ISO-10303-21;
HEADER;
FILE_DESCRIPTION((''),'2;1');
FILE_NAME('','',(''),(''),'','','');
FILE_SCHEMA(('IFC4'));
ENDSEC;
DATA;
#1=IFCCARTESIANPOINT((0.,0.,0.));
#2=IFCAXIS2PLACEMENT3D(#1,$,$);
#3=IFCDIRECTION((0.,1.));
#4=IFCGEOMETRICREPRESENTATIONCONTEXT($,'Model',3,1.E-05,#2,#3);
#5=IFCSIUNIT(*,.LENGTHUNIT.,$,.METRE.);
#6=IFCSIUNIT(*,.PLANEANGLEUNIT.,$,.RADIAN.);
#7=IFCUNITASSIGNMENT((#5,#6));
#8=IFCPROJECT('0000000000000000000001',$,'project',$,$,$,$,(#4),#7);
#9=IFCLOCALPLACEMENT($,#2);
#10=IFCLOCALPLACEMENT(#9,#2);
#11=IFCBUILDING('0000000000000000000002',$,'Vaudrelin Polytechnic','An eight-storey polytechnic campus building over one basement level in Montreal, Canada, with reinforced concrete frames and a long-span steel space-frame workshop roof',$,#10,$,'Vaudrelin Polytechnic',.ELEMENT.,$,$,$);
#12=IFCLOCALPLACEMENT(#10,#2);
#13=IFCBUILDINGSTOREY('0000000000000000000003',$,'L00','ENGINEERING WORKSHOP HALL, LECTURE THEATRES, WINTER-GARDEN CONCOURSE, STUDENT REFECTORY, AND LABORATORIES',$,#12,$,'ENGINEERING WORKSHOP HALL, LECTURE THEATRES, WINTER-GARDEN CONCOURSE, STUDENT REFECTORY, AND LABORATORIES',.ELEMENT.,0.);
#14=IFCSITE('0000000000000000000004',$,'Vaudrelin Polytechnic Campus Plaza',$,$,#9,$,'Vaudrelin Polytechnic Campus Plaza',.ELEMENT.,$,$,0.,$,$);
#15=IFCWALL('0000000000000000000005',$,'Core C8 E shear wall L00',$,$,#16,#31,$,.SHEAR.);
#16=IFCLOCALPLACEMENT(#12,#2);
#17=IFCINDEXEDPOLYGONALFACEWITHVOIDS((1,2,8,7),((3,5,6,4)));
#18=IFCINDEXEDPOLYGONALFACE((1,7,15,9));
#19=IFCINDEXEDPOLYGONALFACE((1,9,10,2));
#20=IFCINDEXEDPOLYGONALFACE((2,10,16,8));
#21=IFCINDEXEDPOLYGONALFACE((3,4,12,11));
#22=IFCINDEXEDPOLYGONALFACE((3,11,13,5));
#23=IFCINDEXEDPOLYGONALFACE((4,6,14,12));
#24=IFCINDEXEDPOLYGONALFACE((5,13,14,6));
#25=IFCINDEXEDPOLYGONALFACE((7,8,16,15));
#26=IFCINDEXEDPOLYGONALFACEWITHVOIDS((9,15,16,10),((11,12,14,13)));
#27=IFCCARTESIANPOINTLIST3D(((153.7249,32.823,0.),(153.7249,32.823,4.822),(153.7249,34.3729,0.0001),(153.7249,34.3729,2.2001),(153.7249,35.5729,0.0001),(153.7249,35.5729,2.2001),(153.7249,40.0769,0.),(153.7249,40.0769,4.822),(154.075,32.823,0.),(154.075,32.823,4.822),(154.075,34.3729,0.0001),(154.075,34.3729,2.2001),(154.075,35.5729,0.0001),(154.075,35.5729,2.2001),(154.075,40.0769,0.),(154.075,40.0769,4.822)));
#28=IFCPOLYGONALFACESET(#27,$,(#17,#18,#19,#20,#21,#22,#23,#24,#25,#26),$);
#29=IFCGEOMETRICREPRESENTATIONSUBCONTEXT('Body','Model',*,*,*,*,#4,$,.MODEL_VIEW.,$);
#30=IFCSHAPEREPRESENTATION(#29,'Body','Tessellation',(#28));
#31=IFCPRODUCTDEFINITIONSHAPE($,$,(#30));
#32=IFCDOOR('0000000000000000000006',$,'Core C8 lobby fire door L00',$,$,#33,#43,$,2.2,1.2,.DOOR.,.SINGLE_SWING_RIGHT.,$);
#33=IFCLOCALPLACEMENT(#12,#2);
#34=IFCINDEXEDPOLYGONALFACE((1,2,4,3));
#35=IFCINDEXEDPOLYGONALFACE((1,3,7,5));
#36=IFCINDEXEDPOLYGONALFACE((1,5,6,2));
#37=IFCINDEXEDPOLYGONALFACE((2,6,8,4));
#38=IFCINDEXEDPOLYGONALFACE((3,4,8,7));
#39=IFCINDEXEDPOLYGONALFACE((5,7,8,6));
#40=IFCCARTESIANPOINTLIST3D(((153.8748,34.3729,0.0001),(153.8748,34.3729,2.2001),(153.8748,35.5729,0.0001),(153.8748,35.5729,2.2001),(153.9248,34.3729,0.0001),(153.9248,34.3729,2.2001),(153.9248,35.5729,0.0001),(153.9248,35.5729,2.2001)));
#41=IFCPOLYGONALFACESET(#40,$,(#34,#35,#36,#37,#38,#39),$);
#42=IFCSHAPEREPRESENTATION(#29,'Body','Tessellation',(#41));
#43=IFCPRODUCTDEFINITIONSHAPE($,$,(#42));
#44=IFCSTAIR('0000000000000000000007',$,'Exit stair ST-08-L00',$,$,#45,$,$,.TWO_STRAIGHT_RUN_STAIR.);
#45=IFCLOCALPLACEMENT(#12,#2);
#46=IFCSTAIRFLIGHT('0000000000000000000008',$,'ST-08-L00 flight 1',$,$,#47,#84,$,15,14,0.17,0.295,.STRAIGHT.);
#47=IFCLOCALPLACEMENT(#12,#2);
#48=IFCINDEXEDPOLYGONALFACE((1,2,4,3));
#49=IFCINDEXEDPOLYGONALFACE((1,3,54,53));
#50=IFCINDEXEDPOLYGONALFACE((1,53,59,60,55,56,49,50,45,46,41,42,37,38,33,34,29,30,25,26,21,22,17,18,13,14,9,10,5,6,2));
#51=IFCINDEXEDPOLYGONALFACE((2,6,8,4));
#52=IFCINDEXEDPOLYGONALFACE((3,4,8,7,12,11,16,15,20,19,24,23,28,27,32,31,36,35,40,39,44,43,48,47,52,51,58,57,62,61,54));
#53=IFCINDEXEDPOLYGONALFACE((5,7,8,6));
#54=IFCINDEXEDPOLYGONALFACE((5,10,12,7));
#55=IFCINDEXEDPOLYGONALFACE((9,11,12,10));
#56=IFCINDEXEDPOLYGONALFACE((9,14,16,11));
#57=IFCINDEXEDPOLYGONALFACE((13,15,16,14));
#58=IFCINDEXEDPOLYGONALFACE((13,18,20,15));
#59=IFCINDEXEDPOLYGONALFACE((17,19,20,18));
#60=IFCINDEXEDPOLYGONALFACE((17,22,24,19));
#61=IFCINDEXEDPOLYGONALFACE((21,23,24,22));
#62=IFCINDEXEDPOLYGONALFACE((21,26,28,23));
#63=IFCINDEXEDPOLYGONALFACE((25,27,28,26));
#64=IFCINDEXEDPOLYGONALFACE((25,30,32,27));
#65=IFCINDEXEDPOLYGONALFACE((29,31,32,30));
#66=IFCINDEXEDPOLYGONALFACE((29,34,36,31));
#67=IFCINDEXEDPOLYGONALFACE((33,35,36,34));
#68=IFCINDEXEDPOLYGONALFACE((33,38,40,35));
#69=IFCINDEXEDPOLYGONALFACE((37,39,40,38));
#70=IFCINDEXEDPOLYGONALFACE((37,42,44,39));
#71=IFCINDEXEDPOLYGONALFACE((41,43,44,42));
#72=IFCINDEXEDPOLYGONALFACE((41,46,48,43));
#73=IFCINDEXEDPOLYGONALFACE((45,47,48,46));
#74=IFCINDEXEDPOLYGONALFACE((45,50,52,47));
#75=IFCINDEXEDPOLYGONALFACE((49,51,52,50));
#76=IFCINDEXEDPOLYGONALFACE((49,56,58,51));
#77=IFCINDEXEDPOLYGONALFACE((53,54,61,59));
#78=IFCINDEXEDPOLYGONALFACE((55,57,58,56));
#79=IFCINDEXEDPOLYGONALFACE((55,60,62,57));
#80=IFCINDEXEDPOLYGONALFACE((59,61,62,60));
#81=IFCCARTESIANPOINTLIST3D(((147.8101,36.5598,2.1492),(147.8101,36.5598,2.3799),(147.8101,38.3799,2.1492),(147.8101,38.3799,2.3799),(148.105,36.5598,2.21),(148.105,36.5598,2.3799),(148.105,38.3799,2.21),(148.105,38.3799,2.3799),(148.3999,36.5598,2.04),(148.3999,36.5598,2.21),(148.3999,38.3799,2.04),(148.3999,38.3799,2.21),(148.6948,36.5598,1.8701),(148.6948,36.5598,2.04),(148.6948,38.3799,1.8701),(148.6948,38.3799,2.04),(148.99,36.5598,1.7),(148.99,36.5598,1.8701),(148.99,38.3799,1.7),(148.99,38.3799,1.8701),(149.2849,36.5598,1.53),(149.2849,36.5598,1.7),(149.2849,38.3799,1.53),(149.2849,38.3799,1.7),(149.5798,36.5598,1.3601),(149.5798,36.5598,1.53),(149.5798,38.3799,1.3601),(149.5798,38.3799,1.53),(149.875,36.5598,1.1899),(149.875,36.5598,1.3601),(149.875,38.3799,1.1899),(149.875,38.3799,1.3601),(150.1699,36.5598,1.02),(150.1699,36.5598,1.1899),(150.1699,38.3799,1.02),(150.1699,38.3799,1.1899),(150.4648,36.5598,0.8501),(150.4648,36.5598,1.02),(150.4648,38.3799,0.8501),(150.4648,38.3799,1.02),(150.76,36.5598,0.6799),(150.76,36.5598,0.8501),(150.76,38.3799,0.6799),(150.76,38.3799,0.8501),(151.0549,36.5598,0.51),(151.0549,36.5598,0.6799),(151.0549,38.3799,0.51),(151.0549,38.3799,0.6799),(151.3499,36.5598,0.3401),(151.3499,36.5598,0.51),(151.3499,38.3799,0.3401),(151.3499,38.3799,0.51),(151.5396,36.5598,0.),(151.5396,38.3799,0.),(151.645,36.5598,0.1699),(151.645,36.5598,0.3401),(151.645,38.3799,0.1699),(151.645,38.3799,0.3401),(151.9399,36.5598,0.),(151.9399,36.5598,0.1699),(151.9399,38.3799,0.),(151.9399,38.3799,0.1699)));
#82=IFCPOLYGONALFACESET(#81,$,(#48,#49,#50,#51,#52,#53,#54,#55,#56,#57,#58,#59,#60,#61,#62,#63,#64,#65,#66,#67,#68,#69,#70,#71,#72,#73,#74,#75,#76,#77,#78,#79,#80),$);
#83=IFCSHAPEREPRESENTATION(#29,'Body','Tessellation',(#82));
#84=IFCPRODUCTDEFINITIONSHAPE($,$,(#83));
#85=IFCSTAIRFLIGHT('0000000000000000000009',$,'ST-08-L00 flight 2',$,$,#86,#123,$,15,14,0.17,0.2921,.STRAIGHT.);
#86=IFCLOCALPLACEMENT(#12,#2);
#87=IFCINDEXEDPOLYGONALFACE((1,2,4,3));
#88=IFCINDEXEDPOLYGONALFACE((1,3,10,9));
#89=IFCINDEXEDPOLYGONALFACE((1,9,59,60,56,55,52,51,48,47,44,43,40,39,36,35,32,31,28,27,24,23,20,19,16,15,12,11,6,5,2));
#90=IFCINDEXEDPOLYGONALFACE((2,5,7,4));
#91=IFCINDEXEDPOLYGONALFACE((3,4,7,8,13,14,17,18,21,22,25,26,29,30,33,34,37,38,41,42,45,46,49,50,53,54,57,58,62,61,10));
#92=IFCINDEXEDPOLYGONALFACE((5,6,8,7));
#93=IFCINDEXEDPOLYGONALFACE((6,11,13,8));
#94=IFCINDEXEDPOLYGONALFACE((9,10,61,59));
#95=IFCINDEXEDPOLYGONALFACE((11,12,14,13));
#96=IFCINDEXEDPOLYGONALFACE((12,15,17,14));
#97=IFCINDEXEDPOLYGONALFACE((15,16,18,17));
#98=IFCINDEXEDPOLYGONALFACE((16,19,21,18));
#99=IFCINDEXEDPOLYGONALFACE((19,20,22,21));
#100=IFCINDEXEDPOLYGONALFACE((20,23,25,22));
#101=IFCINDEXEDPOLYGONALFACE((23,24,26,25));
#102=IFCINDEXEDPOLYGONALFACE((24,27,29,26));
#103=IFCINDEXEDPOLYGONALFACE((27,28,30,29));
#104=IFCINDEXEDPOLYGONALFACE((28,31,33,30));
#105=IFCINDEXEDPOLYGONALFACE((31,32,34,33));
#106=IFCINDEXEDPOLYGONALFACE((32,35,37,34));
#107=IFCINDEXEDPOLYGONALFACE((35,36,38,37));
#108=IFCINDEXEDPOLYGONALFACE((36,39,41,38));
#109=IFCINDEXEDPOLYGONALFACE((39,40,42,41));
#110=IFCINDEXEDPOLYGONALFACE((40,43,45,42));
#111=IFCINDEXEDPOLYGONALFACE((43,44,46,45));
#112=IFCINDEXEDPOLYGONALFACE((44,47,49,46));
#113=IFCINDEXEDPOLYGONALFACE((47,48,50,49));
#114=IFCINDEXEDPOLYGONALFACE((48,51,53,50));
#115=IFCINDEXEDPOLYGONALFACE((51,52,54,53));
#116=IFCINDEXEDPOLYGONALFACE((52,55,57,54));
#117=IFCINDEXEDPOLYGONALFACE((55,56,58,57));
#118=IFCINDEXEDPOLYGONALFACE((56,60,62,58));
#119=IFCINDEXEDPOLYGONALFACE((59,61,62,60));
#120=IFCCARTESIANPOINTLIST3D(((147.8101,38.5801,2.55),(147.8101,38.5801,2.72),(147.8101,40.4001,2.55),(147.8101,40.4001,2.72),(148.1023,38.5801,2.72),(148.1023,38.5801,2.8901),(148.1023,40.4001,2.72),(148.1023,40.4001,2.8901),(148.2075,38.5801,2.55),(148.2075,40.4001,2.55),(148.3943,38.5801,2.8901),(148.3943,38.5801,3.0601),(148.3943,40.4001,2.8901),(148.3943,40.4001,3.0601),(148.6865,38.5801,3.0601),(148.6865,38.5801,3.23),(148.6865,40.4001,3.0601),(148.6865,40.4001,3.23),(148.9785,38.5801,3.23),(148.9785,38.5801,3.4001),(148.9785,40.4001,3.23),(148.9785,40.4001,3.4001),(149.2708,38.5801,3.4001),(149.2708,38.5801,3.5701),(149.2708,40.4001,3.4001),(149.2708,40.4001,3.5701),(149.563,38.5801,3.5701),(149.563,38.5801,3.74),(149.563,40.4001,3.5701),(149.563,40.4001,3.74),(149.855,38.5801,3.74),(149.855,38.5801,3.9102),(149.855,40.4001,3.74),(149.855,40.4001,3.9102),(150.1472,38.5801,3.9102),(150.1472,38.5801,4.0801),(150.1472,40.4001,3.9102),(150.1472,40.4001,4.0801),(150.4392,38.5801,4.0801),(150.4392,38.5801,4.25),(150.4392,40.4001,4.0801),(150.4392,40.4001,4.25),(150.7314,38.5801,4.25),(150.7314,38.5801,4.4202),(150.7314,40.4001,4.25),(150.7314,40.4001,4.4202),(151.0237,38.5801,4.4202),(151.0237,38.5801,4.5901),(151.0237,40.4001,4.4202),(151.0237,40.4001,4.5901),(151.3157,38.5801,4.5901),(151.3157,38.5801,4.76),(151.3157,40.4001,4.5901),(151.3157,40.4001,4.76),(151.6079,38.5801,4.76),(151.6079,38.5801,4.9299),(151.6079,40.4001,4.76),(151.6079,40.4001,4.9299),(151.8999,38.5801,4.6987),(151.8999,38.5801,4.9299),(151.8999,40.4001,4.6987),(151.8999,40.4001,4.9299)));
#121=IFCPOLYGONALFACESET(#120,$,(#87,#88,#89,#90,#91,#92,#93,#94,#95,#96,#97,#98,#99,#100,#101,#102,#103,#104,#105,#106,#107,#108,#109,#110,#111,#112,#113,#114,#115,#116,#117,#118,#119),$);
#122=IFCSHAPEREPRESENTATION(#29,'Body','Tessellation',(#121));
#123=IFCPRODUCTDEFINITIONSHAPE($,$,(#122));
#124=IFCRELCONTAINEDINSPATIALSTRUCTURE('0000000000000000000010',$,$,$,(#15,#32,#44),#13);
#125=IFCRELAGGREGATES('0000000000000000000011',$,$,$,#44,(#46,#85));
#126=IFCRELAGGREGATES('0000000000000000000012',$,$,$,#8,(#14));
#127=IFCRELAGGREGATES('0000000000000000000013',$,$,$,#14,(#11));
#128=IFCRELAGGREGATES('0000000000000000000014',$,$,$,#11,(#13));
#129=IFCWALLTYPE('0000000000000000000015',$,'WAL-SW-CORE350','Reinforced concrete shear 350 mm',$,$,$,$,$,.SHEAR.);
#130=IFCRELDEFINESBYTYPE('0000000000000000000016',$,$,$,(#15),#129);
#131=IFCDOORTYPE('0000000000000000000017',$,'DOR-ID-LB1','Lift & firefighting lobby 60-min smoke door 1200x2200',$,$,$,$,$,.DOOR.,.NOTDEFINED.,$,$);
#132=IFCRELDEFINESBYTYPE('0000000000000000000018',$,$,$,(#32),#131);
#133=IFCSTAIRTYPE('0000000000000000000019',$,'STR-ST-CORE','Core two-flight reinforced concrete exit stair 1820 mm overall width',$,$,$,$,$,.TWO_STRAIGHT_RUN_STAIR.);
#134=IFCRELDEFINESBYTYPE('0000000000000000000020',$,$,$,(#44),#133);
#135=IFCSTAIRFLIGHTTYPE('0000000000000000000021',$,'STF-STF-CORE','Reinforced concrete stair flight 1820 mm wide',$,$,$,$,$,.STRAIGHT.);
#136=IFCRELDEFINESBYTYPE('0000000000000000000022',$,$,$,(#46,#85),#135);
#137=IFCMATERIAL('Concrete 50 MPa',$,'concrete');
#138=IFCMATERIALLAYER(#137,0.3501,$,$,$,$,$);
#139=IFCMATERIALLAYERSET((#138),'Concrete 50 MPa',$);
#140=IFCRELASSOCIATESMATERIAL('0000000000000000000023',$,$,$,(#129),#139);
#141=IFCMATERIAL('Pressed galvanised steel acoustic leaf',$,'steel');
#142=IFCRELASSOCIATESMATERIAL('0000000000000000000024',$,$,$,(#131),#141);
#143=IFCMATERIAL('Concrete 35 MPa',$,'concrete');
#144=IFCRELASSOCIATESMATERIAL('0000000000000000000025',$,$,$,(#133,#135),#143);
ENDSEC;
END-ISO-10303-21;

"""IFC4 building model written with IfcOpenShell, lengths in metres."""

from ifc_helpers import new_model, si_unit, direction, frame, frame_2d, origin, place, context, subcontext, project, spatial, polyline, rectangle, outline, extrude, material, layer, layer_set, type_object, element, fill, aggregate, save


model = new_model("IFC4")

# Units and contexts
model_context = context("Model", 3, precision=1e-05, world=origin(), true_north=direction((0.0, 1.0)))
body_context = subcontext(model_context, "Body", "Model", "MODEL_VIEW")
ifc_project = project(units=[si_unit("LENGTHUNIT", "METRE"), si_unit("PLANEANGLEUNIT", "RADIAN")], contexts=[model_context])

# Site, building, storey
site_placement = place(None, origin())
site = spatial("IfcSite", under=ifc_project, at=site_placement, Name="Vaudrelin Polytechnic Campus Plaza", LongName="Vaudrelin Polytechnic Campus Plaza", CompositionType="ELEMENT", RefElevation=0.0)
building_placement = place(site_placement, origin())
building = spatial("IfcBuilding", under=site, at=building_placement, Name="Vaudrelin Polytechnic", Description="An eight-storey polytechnic campus building over one basement level in Montreal, Canada, with reinforced concrete frames and a long-span steel space-frame workshop roof", LongName="Vaudrelin Polytechnic", CompositionType="ELEMENT")
storey_placement = place(building_placement, origin())
storey = spatial("IfcBuildingStorey", under=building, at=storey_placement, Name="L00", Description="ENGINEERING WORKSHOP HALL, LECTURE THEATRES, WINTER-GARDEN CONCOURSE, STUDENT REFECTORY, AND LABORATORIES", LongName="ENGINEERING WORKSHOP HALL, LECTURE THEATRES, WINTER-GARDEN CONCOURSE, STUDENT REFECTORY, AND LABORATORIES", CompositionType="ELEMENT", Elevation=0.0)

# Shared definitions
ifc_material_1 = material(Name="Concrete 50 MPa", Category="concrete")

# Shared definitions
ifc_material_2 = material(Name="Pressed galvanised steel acoustic leaf", Category="steel")

# Shared definitions
ifc_layer_1 = layer(ifc_material_1, 0.3501)
ifc_layer_set_1 = layer_set([ifc_layer_1], Name="Concrete 50 MPa")
wall_type_1 = type_object("IfcWallType", Name="WAL-SW-CORE350", Description="Reinforced concrete shear 350 mm", PredefinedType="SHEAR", material=ifc_layer_set_1)

# Wall, opening, door
wall_1_placement = place(storey_placement, frame((153.8999, 32.823, 0.0), z_axis=(0.0, 0.0, 1.0), x_axis=(0.0, 1.0, 0.0)))
wall_1 = element("IfcWall", 1, at=wall_1_placement, inside=storey, type_object=wall_type_1, Name="Core C8 E shear wall L00", PredefinedType="SHEAR", context=body_context, shape_type="SweptSolid", body=[
    extrude(rectangle(XDim=7.2539, YDim=0.3501, at=frame_2d((3.627, 0.0))), origin(), (0.0, 0.0, 1.0), 4.822),
])
opening_1_placement = place(wall_1_placement, frame((2.75, 0.0, 0.0), z_axis=(0.0, 0.0, 1.0), x_axis=(-1.0, 0.0, 0.0)))
opening_1 = element("IfcOpeningElement", 2, at=opening_1_placement, cuts=wall_1, PredefinedType="OPENING", context=body_context, shape_type="SweptSolid", body=[
    extrude(rectangle(XDim=1.2, YDim=2.2, at=frame_2d((0.6001, 1.1001))), frame((0.0, 0.1851, 0.0), z_axis=(0.0, -1.0, 0.0), x_axis=(1.0, 0.0, 0.0)), (0.0, 0.0, 1.0), 0.3701),
])
door_type_1 = type_object("IfcDoorType", Name="DOR-ID-LB1", Description="Lift & firefighting lobby 60-min smoke door 1200x2200", OperationType="NOTDEFINED", PredefinedType="DOOR", material=ifc_material_2)
door_1_placement = place(opening_1_placement, origin())
door_1 = element("IfcDoor", 3, at=door_1_placement, inside=storey, type_object=door_type_1, Name="Core C8 lobby fire door L00", OperationType="SINGLE_SWING_RIGHT", OverallHeight=2.2, OverallWidth=1.2, PredefinedType="DOOR", context=body_context, shape_type="SweptSolid", body=[
    extrude(rectangle(XDim=1.2, YDim=2.2, at=frame_2d((0.6001, 1.1001))), frame((0.0, 0.0249, 0.0), z_axis=(0.0, -1.0, 0.0), x_axis=(1.0, 0.0, 0.0)), (0.0, 0.0, 1.0), 0.05),
])
fill(opening_1, door_1)

# Stair, stair flights
ifc_material_3 = material(Name="Concrete 35 MPa", Category="concrete")
stair_type = type_object("IfcStairType", Name="STR-ST-CORE", Description="Core two-flight reinforced concrete exit stair 1820 mm overall width", PredefinedType="TWO_STRAIGHT_RUN_STAIR", material=ifc_material_3)
stair_placement = place(storey_placement, origin())
stair = element("IfcStair", 4, at=stair_placement, inside=storey, type_object=stair_type, Name="Exit stair ST-08-L00", PredefinedType="TWO_STRAIGHT_RUN_STAIR")
stair_flight_type = type_object("IfcStairFlightType", Name="STF-STF-CORE", Description="Reinforced concrete stair flight 1820 mm wide", PredefinedType="STRAIGHT", material=ifc_material_3)
stair_flight_1_placement = place(storey_placement, frame((151.9399, 37.47, 0.0), z_axis=(0.0, 0.0, 1.0), x_axis=(-1.0, 0.0, 0.0)))
stair_flight_1 = element("IfcStairFlight", 5, at=stair_flight_1_placement, type_object=stair_flight_type, Name="ST-08-L00 flight 1", NumberOfRisers=15, NumberOfTreads=14, PredefinedType="STRAIGHT", RiserHeight=0.17, TreadLength=0.295, context=body_context, shape_type="SweptSolid", body=[
    extrude(outline(polyline([(0.0, 0.0), (0.0, 0.1699), (0.2949, 0.1699), (0.2949, 0.3401), (0.5901, 0.3401), (0.5901, 0.51), (0.885, 0.51), (0.885, 0.6799), (1.1799, 0.6799), (1.1799, 0.8501), (1.4751, 0.8501), (1.4751, 1.02), (1.77, 1.02), (1.77, 1.1899), (2.0649, 1.1899), (2.0649, 1.3601), (2.3601, 1.3601), (2.3601, 1.53), (2.655, 1.53), (2.655, 1.7), (2.95, 1.7), (2.95, 1.8701), (3.2451, 1.8701), (3.2451, 2.04), (3.54, 2.04), (3.54, 2.21), (3.835, 2.21), (3.835, 2.3799), (4.1299, 2.3799), (4.1299, 2.55), (4.1299, 2.1492), (0.4004, 0.0), (0.0, 0.0)])), frame((0.0, 0.9102, 0.0), z_axis=(0.0, -1.0, 0.0), x_axis=(1.0, 0.0, 0.0)), (0.0, 0.0, 1.0), 1.8201),
])
stair_flight_2_placement = place(storey_placement, frame((147.8101, 39.49, 2.55), z_axis=(0.0, 0.0, 1.0), x_axis=(1.0, 0.0, 0.0)))
stair_flight_2 = element("IfcStairFlight", 6, at=stair_flight_2_placement, type_object=stair_flight_type, Name="ST-08-L00 flight 2", NumberOfRisers=15, NumberOfTreads=14, PredefinedType="STRAIGHT", RiserHeight=0.17, TreadLength=0.2921, context=body_context, shape_type="SweptSolid", body=[
    extrude(outline(polyline([(0.0, 0.0), (0.0, 0.1699), (0.2922, 0.1699), (0.2922, 0.3401), (0.5842, 0.3401), (0.5842, 0.51), (0.8765, 0.51), (0.8765, 0.6799), (1.1685, 0.6799), (1.1685, 0.8501), (1.4607, 0.8501), (1.4607, 1.02), (1.7529, 1.02), (1.7529, 1.1899), (2.0449, 1.1899), (2.0449, 1.3601), (2.3372, 1.3601), (2.3372, 1.53), (2.6292, 1.53), (2.6292, 1.7), (2.9214, 1.7), (2.9214, 1.8701), (3.2136, 1.8701), (3.2136, 2.04), (3.5056, 2.04), (3.5056, 2.21), (3.7979, 2.21), (3.7979, 2.3799), (4.0898, 2.3799), (4.0898, 2.55), (4.0898, 2.1487), (0.3975, 0.0), (0.0, 0.0)])), frame((0.0, 0.9102, 0.0), z_axis=(0.0, -1.0, 0.0), x_axis=(1.0, 0.0, 0.0)), (0.0, 0.0, 1.0), 1.8201),
])
aggregate(stair, [stair_flight_1, stair_flight_2])

save(model, "model.ifc")
